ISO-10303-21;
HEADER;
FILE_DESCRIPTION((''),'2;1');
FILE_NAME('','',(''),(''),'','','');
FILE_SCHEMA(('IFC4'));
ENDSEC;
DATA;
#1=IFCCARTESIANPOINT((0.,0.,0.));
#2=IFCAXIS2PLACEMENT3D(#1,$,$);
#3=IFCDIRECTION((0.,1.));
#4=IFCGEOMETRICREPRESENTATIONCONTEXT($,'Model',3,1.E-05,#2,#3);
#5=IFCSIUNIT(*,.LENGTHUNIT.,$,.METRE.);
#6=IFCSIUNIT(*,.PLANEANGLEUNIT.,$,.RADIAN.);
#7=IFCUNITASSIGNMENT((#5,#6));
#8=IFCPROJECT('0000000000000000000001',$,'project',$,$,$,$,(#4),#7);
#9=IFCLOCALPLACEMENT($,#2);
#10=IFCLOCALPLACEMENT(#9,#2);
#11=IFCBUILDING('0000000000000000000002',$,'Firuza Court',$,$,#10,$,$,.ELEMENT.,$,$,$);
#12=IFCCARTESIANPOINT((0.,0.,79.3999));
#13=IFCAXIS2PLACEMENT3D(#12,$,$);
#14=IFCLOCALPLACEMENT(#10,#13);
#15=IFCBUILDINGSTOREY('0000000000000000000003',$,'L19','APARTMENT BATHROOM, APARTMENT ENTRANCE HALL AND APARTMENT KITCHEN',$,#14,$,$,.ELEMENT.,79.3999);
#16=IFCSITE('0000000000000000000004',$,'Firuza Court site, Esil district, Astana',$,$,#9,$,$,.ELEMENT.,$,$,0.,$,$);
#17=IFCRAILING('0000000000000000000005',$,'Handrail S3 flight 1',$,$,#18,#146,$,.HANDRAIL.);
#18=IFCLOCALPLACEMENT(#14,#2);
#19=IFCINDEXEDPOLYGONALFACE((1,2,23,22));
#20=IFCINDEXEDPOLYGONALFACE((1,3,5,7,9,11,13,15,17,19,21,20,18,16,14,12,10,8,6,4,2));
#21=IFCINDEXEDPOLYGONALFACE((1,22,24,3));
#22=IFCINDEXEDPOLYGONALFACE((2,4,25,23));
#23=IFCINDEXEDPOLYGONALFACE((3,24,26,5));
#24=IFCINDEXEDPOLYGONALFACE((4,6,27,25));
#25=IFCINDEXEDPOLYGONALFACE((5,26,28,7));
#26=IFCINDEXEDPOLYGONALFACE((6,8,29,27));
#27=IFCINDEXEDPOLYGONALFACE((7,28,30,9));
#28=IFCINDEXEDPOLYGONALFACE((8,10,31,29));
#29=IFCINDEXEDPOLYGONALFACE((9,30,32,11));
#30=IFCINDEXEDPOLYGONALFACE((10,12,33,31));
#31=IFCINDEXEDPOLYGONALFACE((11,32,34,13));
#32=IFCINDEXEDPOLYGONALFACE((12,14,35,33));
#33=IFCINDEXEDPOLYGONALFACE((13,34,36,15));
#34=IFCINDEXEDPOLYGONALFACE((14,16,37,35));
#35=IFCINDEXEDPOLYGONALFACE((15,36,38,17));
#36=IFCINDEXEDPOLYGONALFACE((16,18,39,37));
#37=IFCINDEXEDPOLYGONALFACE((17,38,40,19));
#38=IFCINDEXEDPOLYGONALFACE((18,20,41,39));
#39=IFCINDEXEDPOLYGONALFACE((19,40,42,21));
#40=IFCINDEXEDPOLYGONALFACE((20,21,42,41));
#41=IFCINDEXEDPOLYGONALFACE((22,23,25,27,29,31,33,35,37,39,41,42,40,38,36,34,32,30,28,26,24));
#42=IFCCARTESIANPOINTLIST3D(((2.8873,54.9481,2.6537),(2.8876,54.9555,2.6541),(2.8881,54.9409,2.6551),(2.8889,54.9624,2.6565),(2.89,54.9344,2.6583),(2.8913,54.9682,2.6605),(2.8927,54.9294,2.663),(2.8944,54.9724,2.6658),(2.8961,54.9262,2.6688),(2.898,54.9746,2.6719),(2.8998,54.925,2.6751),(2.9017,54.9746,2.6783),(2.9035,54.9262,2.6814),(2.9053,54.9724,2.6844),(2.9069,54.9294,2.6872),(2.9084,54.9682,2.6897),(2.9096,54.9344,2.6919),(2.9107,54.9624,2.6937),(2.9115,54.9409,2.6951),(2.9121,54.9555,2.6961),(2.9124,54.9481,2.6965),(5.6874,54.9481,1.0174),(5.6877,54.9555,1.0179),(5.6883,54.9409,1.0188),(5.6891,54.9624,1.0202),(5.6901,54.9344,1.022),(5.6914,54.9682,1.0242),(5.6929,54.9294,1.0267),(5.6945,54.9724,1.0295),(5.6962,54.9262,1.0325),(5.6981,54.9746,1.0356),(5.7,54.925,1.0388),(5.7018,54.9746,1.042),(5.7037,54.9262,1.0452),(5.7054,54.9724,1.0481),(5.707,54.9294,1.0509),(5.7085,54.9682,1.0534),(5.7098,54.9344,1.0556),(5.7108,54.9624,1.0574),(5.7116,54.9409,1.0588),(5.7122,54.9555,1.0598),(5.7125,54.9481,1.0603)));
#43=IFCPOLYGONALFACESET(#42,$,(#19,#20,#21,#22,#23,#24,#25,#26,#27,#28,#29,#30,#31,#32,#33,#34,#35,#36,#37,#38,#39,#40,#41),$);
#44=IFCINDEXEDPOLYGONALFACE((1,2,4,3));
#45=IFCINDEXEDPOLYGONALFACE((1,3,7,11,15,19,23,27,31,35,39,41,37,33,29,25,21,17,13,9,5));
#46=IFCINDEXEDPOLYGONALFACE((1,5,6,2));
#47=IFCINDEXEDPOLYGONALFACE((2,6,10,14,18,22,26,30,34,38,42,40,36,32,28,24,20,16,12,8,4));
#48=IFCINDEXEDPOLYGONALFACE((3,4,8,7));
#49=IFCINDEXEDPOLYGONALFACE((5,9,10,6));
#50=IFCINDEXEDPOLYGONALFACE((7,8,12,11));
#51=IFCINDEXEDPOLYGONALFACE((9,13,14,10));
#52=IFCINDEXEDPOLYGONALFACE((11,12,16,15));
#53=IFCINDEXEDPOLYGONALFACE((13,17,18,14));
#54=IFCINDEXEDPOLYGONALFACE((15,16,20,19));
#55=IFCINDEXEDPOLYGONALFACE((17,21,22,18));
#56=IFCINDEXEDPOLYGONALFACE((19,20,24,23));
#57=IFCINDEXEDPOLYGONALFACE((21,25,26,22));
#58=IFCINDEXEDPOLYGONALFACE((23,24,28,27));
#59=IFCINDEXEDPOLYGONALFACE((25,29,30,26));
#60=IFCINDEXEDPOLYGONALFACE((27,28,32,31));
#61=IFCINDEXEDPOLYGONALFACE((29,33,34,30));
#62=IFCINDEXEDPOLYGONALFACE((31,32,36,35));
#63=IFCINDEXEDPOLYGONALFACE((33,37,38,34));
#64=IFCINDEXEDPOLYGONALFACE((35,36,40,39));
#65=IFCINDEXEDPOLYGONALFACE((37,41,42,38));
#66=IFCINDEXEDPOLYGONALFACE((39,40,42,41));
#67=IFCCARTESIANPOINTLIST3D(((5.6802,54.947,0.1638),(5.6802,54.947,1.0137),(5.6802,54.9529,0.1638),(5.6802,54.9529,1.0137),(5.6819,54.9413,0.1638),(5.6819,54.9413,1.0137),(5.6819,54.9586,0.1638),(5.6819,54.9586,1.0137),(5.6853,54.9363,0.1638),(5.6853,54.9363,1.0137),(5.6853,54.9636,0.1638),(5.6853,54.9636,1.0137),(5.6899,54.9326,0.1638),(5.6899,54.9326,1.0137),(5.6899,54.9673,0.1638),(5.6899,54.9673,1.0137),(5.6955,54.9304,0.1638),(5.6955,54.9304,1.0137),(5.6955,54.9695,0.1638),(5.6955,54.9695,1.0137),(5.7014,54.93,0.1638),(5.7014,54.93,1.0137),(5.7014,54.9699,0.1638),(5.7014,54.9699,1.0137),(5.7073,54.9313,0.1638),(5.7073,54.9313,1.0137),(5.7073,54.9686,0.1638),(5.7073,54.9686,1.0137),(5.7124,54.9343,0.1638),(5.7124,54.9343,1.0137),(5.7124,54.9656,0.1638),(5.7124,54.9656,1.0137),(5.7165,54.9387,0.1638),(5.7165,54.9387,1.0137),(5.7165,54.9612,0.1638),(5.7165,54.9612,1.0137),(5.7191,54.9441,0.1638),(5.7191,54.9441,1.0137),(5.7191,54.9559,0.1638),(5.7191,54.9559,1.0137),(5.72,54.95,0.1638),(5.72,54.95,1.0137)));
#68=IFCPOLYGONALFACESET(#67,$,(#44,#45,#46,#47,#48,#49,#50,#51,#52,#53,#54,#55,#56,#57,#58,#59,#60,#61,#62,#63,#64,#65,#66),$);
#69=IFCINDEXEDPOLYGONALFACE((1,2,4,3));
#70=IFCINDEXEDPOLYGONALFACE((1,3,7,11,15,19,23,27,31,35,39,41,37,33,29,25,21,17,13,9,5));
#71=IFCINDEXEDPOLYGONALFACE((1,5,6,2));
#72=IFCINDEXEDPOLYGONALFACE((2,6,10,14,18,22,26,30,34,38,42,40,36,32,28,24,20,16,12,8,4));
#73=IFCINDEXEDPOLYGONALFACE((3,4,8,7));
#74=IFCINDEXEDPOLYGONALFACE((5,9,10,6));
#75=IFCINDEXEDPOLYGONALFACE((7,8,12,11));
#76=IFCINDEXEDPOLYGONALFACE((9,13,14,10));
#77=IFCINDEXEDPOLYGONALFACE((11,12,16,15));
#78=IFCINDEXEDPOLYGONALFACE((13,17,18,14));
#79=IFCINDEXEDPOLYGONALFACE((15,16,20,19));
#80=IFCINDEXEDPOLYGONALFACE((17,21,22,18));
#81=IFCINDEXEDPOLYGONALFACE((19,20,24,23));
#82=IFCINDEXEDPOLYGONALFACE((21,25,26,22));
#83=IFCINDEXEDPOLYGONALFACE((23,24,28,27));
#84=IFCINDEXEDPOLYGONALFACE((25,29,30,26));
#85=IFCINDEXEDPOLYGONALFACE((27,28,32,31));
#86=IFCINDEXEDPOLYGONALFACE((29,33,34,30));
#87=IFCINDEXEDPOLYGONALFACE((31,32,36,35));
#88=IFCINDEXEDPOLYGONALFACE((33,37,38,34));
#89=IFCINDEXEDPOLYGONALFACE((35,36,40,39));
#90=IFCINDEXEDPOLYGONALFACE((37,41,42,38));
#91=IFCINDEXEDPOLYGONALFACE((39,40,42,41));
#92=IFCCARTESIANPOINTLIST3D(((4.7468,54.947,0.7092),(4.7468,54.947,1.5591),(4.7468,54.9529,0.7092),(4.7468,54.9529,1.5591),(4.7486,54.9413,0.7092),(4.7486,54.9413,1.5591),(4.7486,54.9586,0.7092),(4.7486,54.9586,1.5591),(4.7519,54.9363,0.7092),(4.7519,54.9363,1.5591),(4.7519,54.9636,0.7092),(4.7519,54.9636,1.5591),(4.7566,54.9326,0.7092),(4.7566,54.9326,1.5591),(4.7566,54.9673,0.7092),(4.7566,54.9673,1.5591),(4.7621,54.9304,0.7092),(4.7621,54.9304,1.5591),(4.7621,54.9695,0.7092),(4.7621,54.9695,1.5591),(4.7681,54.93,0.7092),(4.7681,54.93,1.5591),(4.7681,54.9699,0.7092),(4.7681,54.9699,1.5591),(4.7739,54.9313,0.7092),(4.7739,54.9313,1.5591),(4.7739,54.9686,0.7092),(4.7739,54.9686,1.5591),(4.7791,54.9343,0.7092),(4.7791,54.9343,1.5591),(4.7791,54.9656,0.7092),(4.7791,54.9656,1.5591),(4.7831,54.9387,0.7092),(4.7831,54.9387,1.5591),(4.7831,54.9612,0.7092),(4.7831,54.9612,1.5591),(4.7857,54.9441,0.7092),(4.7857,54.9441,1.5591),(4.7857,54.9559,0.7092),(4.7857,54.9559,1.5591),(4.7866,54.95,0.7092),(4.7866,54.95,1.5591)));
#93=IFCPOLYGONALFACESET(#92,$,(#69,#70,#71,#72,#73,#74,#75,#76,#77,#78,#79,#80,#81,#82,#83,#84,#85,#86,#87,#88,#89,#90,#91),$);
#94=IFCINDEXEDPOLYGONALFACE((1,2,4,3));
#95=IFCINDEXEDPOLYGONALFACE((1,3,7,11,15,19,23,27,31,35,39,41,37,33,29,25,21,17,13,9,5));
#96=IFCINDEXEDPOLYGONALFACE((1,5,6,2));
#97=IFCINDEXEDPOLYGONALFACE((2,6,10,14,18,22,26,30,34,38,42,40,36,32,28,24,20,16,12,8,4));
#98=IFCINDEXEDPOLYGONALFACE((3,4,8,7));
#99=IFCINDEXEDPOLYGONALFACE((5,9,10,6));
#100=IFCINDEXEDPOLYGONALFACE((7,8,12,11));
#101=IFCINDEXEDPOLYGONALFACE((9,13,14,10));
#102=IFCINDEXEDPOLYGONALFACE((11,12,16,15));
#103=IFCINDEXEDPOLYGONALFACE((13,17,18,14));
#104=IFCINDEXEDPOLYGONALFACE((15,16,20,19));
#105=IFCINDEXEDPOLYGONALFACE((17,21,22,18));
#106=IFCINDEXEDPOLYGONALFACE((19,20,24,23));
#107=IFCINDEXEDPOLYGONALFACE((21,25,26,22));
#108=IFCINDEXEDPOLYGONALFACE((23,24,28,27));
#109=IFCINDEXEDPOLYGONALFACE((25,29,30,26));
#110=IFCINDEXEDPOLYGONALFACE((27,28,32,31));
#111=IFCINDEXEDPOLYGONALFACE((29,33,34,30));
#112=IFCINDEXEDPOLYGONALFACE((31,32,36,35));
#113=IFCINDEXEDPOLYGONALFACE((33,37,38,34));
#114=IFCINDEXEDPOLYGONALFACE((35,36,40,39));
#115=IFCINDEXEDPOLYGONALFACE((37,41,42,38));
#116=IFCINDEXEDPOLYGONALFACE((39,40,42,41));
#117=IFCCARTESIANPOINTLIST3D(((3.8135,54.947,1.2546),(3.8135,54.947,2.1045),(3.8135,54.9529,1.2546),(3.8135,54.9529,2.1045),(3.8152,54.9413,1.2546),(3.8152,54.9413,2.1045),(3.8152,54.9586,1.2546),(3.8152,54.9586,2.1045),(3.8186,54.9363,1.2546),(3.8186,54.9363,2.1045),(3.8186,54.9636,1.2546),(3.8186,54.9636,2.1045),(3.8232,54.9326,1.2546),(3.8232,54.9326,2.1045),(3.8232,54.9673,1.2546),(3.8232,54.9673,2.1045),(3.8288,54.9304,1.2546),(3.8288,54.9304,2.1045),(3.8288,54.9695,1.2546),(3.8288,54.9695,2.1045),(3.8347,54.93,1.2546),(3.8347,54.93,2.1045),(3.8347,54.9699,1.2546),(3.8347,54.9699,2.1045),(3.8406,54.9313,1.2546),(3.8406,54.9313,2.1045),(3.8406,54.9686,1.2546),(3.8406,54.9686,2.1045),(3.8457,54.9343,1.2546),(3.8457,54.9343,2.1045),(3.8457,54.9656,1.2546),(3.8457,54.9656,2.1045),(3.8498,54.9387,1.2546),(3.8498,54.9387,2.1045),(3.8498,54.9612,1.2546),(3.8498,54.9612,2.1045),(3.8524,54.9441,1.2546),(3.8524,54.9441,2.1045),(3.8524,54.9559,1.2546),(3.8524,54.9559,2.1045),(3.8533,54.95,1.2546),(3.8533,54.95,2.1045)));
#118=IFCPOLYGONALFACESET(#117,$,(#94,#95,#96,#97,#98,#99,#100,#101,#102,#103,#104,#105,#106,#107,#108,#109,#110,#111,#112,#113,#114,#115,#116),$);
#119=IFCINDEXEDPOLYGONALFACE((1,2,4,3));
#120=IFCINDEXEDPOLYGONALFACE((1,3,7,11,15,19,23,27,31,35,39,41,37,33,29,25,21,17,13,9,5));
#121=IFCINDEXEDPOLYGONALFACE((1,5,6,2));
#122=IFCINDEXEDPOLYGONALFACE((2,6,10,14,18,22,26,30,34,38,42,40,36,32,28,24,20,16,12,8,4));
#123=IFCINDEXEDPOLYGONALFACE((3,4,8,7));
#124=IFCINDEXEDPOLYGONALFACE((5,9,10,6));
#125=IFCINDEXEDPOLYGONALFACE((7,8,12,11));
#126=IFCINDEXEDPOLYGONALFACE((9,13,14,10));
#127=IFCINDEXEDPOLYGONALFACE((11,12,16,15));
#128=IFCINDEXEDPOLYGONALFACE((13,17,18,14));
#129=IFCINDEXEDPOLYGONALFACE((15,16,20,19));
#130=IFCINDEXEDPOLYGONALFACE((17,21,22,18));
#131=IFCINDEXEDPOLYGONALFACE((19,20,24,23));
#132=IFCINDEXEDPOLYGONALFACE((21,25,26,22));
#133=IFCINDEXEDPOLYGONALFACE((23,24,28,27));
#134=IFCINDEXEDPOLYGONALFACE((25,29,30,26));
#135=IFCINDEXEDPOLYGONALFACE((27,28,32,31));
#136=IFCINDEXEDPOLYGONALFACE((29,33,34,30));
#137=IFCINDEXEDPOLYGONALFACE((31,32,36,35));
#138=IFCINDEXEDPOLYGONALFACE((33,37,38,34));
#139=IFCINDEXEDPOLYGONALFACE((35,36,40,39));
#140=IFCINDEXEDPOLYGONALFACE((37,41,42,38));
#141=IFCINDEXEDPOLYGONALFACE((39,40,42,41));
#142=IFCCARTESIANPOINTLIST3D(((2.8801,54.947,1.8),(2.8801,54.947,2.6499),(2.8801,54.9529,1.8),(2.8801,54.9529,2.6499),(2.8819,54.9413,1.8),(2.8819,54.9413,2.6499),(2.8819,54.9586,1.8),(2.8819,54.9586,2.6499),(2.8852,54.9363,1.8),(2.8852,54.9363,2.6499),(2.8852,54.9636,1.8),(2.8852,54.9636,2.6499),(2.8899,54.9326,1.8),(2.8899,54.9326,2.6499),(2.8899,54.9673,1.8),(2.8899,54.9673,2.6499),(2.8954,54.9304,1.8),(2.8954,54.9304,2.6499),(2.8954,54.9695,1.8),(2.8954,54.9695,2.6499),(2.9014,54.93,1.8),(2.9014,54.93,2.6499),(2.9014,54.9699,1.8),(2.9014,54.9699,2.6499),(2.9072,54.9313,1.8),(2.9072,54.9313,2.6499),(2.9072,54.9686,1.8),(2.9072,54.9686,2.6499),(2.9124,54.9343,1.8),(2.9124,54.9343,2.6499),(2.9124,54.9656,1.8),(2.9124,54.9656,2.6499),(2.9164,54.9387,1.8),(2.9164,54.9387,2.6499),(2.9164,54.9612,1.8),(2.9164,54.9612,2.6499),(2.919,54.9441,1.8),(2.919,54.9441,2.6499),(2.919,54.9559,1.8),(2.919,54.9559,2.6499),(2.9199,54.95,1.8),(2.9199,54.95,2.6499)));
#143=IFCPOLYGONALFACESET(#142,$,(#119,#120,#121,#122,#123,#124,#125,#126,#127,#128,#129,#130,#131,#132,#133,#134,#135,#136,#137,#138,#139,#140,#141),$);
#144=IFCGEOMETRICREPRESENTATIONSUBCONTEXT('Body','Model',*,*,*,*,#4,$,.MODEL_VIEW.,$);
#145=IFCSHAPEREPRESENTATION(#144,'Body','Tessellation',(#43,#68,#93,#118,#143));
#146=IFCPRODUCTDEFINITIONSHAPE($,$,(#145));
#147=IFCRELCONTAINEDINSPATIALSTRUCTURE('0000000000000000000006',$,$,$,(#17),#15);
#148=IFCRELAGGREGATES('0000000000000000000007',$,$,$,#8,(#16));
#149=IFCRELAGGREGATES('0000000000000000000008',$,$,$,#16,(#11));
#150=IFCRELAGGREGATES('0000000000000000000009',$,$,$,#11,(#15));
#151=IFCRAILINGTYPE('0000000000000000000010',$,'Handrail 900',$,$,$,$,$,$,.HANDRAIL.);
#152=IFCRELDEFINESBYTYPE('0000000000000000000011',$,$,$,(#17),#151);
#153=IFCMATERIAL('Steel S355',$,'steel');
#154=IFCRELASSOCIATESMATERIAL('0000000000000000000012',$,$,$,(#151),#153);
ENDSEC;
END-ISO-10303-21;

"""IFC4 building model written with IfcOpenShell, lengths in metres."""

from ifc_helpers import new_model, si_unit, direction, frame, origin, origin_2d, place, context, subcontext, project, spatial, circle, extrude, material, type_object, element, save


model = new_model("IFC4")

# Units and contexts
model_context = context("Model", 3, precision=1e-05, world=origin(), true_north=direction((0.0, 1.0)))
body_context = subcontext(model_context, "Body", "Model", "MODEL_VIEW")
ifc_project = project(units=[si_unit("LENGTHUNIT", "METRE"), si_unit("PLANEANGLEUNIT", "RADIAN")], contexts=[model_context])

# Site, building, storey
site_placement = place(None, origin())
site = spatial("IfcSite", under=ifc_project, at=site_placement, Name="Firuza Court site, Esil district, Astana", CompositionType="ELEMENT", RefElevation=0.0)
building_placement = place(site_placement, origin())
building = spatial("IfcBuilding", under=site, at=building_placement, Name="Firuza Court", CompositionType="ELEMENT")
storey_placement = place(building_placement, frame((0.0, 0.0, 79.3999)))
storey = spatial("IfcBuildingStorey", under=building, at=storey_placement, Name="L19", Description="APARTMENT BATHROOM, APARTMENT ENTRANCE HALL AND APARTMENT KITCHEN", CompositionType="ELEMENT", Elevation=79.3999)

# Railing
ifc_material_1 = material(Name="Steel S355", Category="steel")
railing_type_1 = type_object("IfcRailingType", Name="Handrail 900", PredefinedType="HANDRAIL", material=ifc_material_1)
railing_1_placement = place(storey_placement, frame((5.7, 54.95, 0.1638)))
element("IfcRailing", 1, at=railing_1_placement, inside=storey, type_object=railing_type_1, Name="Handrail S3 flight 1", PredefinedType="HANDRAIL", context=body_context, shape_type="SweptSolid", body=[
    extrude(circle(Radius=0.0249, at=origin_2d()), frame((0.0, 0.0, 0.875), z_axis=(-0.863394, 0.0, 0.504531), x_axis=(0.0, -1.0, 0.0)), (0.0, 0.0, 1.0), 3.2432),
    extrude(circle(Radius=0.02, at=origin_2d()), origin(), (0.0, 0.0, 1.0), 0.8499),
    extrude(circle(Radius=0.02, at=origin_2d()), frame((-0.9333, 0.0, 0.5454)), (0.0, 0.0, 1.0), 0.8499),
    extrude(circle(Radius=0.02, at=origin_2d()), frame((-1.8667, 0.0, 1.0908)), (0.0, 0.0, 1.0), 0.8499),
    extrude(circle(Radius=0.02, at=origin_2d()), frame((-2.8, 0.0, 1.6362)), (0.0, 0.0, 1.0), 0.8499),
])

save(model, "model.ifc")
